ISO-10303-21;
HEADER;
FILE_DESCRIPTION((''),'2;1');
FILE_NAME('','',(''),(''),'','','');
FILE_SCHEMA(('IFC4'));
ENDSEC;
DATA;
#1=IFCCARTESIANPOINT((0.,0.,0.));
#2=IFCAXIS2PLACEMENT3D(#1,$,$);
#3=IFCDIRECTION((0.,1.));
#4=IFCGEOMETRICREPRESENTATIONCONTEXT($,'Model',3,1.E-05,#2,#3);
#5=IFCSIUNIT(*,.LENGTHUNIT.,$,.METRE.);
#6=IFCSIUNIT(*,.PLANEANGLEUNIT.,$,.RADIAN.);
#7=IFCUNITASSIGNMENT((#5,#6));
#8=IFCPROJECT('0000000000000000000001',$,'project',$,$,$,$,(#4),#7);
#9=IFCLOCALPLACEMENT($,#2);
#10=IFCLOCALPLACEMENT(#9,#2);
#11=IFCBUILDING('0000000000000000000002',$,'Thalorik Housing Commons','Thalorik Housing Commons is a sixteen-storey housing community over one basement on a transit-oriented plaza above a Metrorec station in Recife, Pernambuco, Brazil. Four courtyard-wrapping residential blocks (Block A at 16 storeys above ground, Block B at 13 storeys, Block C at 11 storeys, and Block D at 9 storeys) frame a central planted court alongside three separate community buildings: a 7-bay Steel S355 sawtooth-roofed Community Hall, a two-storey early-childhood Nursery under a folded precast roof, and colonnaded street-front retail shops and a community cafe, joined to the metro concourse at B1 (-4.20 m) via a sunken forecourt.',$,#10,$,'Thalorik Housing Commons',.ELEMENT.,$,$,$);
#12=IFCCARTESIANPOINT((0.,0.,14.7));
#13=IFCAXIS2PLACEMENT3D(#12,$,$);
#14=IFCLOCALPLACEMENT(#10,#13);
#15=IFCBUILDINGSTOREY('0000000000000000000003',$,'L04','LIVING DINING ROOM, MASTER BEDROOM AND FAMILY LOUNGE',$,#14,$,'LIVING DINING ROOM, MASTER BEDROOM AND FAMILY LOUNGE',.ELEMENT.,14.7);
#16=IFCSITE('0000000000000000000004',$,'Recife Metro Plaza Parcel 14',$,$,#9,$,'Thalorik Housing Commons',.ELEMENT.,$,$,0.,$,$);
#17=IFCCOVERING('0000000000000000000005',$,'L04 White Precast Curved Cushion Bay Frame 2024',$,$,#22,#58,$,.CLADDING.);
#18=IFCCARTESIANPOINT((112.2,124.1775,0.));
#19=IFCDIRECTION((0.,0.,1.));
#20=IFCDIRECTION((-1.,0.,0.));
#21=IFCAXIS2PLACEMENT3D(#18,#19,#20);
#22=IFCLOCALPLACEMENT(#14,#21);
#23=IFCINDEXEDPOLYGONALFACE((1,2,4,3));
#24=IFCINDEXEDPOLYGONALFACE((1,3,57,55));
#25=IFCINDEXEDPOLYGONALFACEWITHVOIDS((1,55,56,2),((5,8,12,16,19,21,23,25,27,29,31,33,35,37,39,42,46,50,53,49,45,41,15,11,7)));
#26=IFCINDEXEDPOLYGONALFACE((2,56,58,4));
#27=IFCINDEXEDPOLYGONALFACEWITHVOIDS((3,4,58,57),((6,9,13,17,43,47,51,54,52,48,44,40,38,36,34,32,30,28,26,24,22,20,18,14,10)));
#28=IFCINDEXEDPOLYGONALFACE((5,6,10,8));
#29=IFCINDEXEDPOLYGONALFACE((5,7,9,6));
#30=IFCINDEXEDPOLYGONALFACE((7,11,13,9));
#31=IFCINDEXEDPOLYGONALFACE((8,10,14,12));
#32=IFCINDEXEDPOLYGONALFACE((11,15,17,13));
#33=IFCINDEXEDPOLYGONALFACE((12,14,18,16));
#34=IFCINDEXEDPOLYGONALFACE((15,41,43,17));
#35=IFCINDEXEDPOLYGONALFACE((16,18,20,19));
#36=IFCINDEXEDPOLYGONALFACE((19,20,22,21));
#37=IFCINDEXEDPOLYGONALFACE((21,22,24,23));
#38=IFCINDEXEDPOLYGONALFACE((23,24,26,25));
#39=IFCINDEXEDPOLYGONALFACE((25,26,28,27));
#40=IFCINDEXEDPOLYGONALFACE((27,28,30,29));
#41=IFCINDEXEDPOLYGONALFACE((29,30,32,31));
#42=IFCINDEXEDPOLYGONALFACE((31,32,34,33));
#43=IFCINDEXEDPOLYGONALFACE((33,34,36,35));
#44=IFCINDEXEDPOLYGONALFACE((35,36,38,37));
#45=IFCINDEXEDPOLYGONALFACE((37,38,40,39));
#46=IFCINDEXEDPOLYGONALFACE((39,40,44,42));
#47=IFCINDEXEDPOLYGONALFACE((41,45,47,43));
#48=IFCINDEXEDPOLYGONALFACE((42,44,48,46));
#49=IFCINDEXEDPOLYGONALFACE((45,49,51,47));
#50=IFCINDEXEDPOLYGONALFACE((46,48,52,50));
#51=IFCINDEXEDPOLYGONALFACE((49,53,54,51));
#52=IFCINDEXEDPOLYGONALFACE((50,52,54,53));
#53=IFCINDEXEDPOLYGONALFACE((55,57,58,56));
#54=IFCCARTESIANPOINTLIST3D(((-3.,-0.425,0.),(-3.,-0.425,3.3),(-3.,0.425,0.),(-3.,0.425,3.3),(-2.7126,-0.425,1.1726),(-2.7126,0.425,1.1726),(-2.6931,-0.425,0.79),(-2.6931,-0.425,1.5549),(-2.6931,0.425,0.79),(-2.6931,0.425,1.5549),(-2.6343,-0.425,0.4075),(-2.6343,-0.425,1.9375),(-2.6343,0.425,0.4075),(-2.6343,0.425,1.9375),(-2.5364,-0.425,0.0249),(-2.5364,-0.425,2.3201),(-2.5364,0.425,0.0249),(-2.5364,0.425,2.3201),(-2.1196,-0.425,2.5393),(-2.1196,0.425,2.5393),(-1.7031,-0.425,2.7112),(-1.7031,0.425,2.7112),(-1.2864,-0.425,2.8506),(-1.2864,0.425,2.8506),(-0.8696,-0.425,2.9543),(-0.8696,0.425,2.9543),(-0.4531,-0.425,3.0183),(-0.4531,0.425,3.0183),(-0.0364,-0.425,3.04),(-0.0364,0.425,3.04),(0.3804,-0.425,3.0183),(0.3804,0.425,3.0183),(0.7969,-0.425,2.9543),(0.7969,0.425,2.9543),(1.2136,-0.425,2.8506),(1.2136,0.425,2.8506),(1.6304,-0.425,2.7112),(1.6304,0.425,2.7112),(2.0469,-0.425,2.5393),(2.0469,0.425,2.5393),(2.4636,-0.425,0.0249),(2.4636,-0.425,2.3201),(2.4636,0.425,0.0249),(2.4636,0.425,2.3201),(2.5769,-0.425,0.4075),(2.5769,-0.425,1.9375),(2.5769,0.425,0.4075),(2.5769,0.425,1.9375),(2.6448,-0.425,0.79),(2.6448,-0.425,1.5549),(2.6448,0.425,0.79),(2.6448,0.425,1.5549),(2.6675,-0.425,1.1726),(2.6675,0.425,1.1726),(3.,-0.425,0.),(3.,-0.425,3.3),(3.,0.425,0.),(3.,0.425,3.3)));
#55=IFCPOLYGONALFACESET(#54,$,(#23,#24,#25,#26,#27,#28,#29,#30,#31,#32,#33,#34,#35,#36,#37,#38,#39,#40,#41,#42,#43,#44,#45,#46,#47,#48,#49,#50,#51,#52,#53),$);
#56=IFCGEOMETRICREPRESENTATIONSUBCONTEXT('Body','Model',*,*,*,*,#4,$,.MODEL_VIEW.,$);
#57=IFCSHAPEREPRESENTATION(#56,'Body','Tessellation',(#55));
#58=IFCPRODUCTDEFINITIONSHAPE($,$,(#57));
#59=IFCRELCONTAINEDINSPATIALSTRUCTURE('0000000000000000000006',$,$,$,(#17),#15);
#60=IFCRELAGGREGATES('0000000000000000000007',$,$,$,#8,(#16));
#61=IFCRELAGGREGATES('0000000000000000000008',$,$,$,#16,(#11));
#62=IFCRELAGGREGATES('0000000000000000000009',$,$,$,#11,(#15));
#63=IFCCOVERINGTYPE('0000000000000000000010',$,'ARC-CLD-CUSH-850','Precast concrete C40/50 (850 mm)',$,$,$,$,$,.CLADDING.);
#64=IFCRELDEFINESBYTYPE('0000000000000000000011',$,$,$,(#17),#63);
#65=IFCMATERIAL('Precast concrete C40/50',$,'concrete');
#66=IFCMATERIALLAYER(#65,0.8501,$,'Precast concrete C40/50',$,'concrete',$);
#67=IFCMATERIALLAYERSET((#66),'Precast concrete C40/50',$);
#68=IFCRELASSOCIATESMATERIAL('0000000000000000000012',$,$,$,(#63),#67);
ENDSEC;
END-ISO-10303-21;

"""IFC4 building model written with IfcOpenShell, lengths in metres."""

from ifc_helpers import new_model, si_unit, direction, frame, origin, place, context, subcontext, project, spatial, polyline, outline, extrude, material, layer, layer_set, type_object, element, save


model = new_model("IFC4")

# Units and contexts
model_context = context("Model", 3, precision=1e-05, world=origin(), true_north=direction((0.0, 1.0)))
body_context = subcontext(model_context, "Body", "Model", "MODEL_VIEW")
ifc_project = project(units=[si_unit("LENGTHUNIT", "METRE"), si_unit("PLANEANGLEUNIT", "RADIAN")], contexts=[model_context])

# Site, building, storey
site_placement = place(None, origin())
site = spatial("IfcSite", under=ifc_project, at=site_placement, Name="Recife Metro Plaza Parcel 14", LongName="Thalorik Housing Commons", CompositionType="ELEMENT", RefElevation=0.0)
building_placement = place(site_placement, origin())
building = spatial("IfcBuilding", under=site, at=building_placement, Name="Thalorik Housing Commons", Description="Thalorik Housing Commons is a sixteen-storey housing community over one basement on a transit-oriented plaza above a Metrorec station in Recife, Pernambuco, Brazil. Four courtyard-wrapping residential blocks (Block A at 16 storeys above ground, Block B at 13 storeys, Block C at 11 storeys, and Block D at 9 storeys) frame a central planted court alongside three separate community buildings: a 7-bay Steel S355 sawtooth-roofed Community Hall, a two-storey early-childhood Nursery under a folded precast roof, and colonnaded street-front retail shops and a community cafe, joined to the metro concourse at B1 (-4.20 m) via a sunken forecourt.", LongName="Thalorik Housing Commons", CompositionType="ELEMENT")
storey_placement = place(building_placement, frame((0.0, 0.0, 14.7)))
storey = spatial("IfcBuildingStorey", under=building, at=storey_placement, Name="L04", Description="LIVING DINING ROOM, MASTER BEDROOM AND FAMILY LOUNGE", LongName="LIVING DINING ROOM, MASTER BEDROOM AND FAMILY LOUNGE", CompositionType="ELEMENT", Elevation=14.7)

# Shared definitions
ifc_material_1 = material(Name="Precast concrete C40/50", Category="concrete")

# Covering
ifc_layer_1 = layer(ifc_material_1, 0.8501, Name="Precast concrete C40/50", Category="concrete")
ifc_layer_set_1 = layer_set([ifc_layer_1], Name="Precast concrete C40/50")
covering_type_1 = type_object("IfcCoveringType", Name="ARC-CLD-CUSH-850", Description="Precast concrete C40/50 (850 mm)", PredefinedType="CLADDING", material=ifc_layer_set_1)
covering_1_placement = place(storey_placement, frame((112.2, 124.1775, 0.0), z_axis=(0.0, 0.0, 1.0), x_axis=(-1.0, 0.0, 0.0)))
element("IfcCovering", 1, at=covering_1_placement, inside=storey, type_object=covering_type_1, Name="L04 White Precast Curved Cushion Bay Frame 2024", PredefinedType="CLADDING", context=body_context, shape_type="SweptSolid", body=[
    extrude(outline(polyline([(-3.0, 0.0), (3.0, 0.0), (3.0, 3.3), (-3.0, 3.3), (-3.0, 0.0)]), holes=[polyline([(2.4636, 0.0249), (2.5769, 0.4075), (2.6448, 0.79), (2.6675, 1.1726), (2.6448, 1.5549), (2.5769, 1.9375), (2.4636, 2.3201), (2.0469, 2.5393), (1.6304, 2.7112), (1.2136, 2.8506), (0.7969, 2.9543), (0.3804, 3.0183), (-0.0364, 3.04), (-0.4531, 3.0183), (-0.8696, 2.9543), (-1.2864, 2.8506), (-1.7031, 2.7112), (-2.1196, 2.5393), (-2.5364, 2.3201), (-2.6343, 1.9375), (-2.6931, 1.5549), (-2.7126, 1.1726), (-2.6931, 0.79), (-2.6343, 0.4075), (-2.5364, 0.0249), (2.4636, 0.0249)])]), frame((0.0, 0.425, 0.0), z_axis=(0.0, -1.0, 0.0), x_axis=(1.0, 0.0, 0.0)), (0.0, 0.0, 1.0), 0.8501),
])

save(model, "model.ifc")
